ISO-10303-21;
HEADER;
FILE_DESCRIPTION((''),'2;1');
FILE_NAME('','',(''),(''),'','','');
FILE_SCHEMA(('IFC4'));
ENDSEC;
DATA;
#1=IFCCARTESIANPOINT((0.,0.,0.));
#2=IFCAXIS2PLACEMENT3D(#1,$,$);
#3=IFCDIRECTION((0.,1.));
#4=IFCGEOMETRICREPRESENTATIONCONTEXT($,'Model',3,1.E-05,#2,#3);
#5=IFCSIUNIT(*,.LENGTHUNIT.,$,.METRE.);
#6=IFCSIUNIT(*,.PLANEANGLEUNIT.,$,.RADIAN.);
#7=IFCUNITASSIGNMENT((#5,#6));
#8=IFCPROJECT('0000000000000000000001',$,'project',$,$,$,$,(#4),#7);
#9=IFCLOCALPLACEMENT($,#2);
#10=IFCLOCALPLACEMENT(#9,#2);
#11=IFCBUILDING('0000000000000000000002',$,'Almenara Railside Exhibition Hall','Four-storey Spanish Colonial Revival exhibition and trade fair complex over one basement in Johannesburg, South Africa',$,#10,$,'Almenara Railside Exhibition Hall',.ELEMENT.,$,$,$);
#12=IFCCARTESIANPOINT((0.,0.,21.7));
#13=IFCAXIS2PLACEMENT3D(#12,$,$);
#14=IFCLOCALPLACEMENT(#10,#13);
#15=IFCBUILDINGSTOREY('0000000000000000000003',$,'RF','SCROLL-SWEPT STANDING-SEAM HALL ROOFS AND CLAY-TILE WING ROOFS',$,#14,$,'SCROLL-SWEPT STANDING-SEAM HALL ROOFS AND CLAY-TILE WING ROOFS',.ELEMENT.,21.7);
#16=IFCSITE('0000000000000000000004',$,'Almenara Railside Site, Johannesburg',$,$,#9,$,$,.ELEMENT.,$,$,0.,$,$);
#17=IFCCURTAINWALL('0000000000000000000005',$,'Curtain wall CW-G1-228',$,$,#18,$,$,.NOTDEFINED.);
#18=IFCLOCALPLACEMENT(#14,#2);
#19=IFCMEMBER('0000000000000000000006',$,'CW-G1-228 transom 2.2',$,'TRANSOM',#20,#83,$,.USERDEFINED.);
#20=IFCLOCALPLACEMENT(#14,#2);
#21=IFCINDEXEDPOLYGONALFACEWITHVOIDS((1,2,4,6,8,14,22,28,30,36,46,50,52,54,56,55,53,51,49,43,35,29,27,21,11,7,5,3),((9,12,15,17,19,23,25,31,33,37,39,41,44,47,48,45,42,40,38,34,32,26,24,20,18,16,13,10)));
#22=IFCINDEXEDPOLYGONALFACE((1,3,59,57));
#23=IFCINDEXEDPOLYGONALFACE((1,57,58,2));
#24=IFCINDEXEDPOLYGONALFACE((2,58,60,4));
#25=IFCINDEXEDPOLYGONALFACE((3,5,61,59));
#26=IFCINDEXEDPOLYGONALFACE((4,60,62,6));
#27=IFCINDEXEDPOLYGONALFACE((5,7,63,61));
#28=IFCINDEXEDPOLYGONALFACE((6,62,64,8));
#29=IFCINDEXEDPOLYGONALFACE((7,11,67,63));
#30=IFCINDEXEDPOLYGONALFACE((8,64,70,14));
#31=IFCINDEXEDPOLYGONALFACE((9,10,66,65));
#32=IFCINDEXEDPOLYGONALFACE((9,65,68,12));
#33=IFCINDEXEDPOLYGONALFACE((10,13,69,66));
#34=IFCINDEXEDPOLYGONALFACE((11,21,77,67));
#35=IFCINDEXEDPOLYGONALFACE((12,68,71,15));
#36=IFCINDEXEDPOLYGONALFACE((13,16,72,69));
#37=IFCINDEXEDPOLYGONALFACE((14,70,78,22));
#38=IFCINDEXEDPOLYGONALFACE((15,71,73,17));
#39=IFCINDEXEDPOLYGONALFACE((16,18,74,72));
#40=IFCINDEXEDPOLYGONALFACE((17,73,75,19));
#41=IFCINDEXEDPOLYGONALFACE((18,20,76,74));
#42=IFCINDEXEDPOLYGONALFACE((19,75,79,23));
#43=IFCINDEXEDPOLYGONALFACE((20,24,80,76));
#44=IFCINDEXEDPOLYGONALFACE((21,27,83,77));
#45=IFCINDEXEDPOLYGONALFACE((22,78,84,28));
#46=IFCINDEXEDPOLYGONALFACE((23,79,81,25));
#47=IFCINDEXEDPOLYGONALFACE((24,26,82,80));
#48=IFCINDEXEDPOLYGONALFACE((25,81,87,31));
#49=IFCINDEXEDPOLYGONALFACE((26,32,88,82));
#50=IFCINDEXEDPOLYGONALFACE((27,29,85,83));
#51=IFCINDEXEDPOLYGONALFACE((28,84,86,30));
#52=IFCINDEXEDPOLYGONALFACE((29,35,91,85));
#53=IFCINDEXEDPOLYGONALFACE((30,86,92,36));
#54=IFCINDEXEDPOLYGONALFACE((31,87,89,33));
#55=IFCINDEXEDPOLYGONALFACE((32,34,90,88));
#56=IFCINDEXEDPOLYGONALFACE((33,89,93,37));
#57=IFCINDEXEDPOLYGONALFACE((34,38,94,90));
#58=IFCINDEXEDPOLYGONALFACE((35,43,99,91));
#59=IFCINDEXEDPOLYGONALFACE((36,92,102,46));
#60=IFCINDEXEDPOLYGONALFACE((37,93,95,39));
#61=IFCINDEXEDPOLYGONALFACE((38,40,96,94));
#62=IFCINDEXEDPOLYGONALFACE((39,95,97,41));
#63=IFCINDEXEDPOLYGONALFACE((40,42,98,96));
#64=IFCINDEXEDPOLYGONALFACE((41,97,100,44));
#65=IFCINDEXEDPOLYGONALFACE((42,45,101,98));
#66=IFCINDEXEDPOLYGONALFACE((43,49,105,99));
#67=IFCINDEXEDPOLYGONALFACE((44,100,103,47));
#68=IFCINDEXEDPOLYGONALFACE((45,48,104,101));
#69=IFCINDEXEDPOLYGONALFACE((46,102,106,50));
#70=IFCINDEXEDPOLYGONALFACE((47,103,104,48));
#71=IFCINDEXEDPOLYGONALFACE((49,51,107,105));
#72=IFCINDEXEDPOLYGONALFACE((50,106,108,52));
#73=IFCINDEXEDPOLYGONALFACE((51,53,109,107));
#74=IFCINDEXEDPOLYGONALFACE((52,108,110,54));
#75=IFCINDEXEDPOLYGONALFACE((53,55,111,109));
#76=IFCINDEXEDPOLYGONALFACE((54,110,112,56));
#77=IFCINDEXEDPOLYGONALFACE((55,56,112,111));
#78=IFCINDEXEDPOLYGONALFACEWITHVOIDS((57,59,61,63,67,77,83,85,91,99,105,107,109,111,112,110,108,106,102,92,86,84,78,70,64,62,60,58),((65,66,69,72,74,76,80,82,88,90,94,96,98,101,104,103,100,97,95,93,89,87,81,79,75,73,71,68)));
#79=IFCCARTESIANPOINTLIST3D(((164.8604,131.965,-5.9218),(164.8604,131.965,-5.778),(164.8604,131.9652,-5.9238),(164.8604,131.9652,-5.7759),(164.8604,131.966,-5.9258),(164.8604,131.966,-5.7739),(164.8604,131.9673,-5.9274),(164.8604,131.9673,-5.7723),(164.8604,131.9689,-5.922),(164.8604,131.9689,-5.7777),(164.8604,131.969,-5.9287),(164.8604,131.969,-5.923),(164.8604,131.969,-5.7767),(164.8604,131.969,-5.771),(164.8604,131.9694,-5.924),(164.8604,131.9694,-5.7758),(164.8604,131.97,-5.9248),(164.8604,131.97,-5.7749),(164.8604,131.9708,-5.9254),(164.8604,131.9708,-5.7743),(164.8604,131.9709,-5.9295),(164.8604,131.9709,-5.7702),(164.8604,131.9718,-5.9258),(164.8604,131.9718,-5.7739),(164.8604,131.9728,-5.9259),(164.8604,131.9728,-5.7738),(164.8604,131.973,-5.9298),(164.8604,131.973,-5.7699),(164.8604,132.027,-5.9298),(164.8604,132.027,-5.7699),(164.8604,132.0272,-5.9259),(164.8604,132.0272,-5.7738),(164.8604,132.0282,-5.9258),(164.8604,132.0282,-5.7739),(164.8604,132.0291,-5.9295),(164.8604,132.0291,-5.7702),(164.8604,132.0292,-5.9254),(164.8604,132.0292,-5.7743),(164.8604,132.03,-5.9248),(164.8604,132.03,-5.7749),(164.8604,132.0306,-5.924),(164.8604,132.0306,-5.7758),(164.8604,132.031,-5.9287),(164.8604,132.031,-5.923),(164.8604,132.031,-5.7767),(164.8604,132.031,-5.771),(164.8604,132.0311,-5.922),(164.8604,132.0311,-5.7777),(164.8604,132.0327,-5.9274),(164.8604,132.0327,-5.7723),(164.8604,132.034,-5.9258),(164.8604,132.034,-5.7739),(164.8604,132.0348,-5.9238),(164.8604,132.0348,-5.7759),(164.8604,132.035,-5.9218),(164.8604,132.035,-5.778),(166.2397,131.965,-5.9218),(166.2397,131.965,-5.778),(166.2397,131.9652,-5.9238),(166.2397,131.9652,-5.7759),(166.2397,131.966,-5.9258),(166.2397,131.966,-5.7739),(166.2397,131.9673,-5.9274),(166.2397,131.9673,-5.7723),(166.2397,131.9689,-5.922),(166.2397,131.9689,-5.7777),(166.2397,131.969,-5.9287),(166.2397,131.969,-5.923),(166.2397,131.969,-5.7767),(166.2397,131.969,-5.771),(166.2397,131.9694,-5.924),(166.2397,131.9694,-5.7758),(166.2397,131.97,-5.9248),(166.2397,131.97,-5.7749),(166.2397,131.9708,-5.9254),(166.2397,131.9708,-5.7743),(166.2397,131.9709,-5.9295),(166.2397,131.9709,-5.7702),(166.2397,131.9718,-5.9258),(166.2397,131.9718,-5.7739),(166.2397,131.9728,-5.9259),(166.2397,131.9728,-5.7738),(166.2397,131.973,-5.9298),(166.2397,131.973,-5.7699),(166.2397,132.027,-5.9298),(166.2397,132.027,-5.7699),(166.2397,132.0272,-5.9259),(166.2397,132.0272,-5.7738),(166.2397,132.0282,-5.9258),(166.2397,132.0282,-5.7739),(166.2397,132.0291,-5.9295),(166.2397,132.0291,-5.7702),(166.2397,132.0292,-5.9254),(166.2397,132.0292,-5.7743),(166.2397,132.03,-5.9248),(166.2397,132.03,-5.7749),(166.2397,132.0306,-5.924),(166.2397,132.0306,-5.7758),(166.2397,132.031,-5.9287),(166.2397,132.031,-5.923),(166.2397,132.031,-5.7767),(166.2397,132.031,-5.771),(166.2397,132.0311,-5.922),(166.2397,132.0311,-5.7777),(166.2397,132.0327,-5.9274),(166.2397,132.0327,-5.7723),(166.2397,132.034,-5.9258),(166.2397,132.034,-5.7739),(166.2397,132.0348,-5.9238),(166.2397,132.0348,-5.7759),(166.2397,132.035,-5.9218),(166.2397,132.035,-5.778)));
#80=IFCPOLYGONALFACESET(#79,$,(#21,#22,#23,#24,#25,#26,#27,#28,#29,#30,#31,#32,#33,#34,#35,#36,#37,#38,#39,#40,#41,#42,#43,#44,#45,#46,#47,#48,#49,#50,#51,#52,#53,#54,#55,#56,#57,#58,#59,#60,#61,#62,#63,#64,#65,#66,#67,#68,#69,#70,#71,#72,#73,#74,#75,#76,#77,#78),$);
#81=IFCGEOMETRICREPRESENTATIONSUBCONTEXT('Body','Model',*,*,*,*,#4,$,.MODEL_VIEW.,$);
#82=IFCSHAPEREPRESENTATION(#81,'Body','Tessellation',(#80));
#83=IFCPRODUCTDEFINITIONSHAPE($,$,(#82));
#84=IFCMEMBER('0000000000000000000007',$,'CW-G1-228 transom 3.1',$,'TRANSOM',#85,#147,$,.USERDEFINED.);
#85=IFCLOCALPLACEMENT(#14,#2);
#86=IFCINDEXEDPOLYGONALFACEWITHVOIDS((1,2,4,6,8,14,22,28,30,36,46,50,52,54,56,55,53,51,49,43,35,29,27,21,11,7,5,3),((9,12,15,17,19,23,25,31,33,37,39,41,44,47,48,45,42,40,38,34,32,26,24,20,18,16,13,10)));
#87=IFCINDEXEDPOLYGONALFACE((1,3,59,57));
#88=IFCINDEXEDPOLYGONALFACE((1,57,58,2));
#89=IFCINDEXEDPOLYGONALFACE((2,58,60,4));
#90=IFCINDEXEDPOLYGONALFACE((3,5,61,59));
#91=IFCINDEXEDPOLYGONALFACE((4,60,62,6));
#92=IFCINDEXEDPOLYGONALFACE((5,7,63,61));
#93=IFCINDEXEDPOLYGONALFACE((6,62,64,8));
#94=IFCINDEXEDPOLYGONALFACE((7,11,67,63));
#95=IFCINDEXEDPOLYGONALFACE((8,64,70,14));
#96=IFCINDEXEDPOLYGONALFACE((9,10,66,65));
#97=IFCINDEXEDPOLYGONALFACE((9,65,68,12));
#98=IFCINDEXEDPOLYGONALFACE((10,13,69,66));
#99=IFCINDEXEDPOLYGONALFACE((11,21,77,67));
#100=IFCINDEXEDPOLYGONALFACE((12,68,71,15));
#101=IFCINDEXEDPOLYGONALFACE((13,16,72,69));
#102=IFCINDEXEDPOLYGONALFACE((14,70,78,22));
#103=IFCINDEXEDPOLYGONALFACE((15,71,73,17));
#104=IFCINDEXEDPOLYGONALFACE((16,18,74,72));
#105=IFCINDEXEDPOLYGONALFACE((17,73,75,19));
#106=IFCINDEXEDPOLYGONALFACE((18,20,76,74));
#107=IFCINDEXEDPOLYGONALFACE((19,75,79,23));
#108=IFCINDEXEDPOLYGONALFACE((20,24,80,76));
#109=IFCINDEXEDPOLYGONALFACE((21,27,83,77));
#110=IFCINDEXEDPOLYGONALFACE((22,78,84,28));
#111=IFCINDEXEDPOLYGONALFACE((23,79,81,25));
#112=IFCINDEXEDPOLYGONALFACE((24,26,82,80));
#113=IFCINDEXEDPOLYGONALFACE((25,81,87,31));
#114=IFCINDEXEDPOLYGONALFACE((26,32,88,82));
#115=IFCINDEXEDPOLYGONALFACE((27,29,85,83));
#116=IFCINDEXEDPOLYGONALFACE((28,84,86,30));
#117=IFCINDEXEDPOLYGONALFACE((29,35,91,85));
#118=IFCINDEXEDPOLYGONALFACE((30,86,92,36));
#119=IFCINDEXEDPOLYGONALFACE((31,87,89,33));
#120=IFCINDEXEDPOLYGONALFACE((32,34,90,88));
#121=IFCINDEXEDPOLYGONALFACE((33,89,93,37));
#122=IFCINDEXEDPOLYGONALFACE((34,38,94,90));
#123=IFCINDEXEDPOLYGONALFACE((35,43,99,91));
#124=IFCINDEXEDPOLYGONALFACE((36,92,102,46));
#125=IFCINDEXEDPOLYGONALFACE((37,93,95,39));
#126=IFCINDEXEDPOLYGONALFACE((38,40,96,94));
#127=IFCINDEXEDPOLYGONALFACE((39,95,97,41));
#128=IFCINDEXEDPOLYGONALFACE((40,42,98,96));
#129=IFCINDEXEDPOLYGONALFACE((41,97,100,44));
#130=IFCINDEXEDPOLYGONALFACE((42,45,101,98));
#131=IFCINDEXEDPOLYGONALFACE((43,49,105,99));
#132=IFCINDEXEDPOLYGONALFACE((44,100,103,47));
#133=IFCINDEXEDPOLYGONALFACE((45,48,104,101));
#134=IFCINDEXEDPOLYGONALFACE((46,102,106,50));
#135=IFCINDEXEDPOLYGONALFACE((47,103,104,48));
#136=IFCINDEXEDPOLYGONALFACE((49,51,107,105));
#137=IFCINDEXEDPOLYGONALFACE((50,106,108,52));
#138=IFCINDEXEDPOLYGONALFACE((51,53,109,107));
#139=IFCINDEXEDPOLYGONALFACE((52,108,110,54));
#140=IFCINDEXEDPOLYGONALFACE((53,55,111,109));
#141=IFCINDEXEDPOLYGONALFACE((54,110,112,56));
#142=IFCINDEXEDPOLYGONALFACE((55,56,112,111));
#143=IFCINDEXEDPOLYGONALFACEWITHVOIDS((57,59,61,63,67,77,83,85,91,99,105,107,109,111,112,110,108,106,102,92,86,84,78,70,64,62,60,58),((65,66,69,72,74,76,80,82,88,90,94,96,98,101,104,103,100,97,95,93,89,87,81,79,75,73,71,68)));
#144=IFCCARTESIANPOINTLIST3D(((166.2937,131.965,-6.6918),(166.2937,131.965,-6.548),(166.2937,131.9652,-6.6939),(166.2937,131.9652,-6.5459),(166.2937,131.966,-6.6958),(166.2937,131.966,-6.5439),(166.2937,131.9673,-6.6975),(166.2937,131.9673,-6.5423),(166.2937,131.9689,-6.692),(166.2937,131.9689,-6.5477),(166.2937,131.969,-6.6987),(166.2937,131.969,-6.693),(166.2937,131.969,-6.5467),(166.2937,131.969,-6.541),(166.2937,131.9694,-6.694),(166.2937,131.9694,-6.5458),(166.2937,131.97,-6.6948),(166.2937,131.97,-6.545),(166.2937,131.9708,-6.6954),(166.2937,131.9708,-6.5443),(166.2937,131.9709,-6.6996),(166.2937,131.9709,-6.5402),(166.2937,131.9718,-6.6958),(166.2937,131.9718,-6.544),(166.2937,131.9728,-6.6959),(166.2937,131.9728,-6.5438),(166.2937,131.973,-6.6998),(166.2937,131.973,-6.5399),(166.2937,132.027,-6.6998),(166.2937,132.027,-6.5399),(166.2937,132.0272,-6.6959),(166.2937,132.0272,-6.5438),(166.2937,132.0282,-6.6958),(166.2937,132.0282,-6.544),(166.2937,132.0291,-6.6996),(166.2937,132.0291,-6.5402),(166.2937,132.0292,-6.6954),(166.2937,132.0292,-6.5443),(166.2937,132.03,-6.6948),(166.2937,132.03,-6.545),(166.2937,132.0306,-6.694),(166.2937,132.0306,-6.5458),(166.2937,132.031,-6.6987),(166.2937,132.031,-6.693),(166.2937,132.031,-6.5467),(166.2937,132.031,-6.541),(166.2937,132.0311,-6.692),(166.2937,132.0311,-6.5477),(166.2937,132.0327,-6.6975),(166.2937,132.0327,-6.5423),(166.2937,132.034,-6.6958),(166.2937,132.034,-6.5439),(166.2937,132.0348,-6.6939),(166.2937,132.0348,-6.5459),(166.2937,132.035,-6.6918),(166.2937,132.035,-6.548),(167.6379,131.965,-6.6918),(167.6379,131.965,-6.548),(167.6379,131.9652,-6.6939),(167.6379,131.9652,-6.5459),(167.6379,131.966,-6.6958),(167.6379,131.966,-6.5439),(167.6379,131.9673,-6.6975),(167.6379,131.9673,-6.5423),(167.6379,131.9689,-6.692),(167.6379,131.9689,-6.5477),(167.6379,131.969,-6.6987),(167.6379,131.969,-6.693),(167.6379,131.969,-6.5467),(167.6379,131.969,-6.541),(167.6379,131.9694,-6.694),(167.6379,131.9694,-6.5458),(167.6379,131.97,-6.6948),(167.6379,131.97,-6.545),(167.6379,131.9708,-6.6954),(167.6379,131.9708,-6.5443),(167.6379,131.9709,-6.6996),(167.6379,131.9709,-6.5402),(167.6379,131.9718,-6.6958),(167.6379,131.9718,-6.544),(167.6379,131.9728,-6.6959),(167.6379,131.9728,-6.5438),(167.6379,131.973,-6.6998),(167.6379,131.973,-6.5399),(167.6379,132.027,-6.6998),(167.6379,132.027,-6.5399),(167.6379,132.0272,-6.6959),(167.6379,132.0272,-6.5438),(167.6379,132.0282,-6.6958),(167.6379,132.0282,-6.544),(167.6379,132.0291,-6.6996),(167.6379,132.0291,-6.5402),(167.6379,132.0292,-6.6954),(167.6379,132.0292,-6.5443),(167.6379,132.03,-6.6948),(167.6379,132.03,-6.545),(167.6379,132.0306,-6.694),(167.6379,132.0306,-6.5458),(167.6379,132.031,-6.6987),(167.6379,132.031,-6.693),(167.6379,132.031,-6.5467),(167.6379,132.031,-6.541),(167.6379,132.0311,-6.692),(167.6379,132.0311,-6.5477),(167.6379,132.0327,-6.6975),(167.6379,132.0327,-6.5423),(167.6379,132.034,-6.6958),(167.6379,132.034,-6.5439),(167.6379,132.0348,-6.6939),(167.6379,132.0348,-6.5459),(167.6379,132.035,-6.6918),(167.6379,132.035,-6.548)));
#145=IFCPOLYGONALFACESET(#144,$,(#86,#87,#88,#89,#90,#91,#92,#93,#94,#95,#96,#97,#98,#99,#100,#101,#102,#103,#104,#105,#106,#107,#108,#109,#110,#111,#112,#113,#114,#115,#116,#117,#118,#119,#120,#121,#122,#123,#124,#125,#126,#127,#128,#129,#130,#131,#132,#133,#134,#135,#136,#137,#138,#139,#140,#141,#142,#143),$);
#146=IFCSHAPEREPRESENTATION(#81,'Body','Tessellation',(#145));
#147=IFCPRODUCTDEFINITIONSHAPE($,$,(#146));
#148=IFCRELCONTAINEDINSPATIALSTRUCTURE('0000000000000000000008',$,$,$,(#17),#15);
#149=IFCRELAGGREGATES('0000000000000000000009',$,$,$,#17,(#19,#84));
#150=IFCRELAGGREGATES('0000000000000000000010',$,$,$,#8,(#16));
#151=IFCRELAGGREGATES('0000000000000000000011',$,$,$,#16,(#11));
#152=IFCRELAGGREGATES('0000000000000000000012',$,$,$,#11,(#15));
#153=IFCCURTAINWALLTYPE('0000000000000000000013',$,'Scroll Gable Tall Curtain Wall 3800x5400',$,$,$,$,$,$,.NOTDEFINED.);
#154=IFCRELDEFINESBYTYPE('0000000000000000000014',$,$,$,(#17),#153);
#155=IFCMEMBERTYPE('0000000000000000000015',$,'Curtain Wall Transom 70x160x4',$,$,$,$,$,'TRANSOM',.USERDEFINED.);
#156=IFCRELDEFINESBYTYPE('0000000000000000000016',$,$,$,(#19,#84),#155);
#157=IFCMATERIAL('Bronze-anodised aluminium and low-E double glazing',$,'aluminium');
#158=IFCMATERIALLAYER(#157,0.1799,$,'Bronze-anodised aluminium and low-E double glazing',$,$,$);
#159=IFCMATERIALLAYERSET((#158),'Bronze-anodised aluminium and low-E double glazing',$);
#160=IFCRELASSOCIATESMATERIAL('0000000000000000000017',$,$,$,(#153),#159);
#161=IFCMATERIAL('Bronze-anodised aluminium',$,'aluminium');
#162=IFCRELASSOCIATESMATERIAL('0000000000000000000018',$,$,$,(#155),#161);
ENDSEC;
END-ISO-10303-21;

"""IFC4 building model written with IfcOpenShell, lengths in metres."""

from ifc_helpers import new_model, si_unit, direction, frame, origin, origin_2d, place, context, subcontext, project, spatial, hollow_rectangle, extrude, material, layer, layer_set, material_profile, profile_set, type_object, element, aggregate, save


model = new_model("IFC4")

# Units and contexts
model_context = context("Model", 3, precision=1e-05, world=origin(), true_north=direction((0.0, 1.0)))
body_context = subcontext(model_context, "Body", "Model", "MODEL_VIEW")
ifc_project = project(units=[si_unit("LENGTHUNIT", "METRE"), si_unit("PLANEANGLEUNIT", "RADIAN")], contexts=[model_context])

# Site, building, storey
site_placement = place(None, origin())
site = spatial("IfcSite", under=ifc_project, at=site_placement, Name="Almenara Railside Site, Johannesburg", CompositionType="ELEMENT", RefElevation=0.0)
building_placement = place(site_placement, origin())
building = spatial("IfcBuilding", under=site, at=building_placement, Name="Almenara Railside Exhibition Hall", Description="Four-storey Spanish Colonial Revival exhibition and trade fair complex over one basement in Johannesburg, South Africa", LongName="Almenara Railside Exhibition Hall", CompositionType="ELEMENT")
storey_placement = place(building_placement, frame((0.0, 0.0, 21.7)))
storey = spatial("IfcBuildingStorey", under=building, at=storey_placement, Name="RF", Description="SCROLL-SWEPT STANDING-SEAM HALL ROOFS AND CLAY-TILE WING ROOFS", LongName="SCROLL-SWEPT STANDING-SEAM HALL ROOFS AND CLAY-TILE WING ROOFS", CompositionType="ELEMENT", Elevation=21.7)

# Curtain wall
ifc_material_1 = material(Name="Bronze-anodised aluminium and low-E double glazing", Category="aluminium")
ifc_layer_1 = layer(ifc_material_1, 0.1799, Name="Bronze-anodised aluminium and low-E double glazing")
ifc_layer_set_1 = layer_set([ifc_layer_1], Name="Bronze-anodised aluminium and low-E double glazing")
curtain_wall_type = type_object("IfcCurtainWallType", Name="Scroll Gable Tall Curtain Wall 3800x5400", PredefinedType="NOTDEFINED", material=ifc_layer_set_1)
ifc_material_2 = material(Name="Bronze-anodised aluminium", Category="aluminium")
curtain_wall_1_placement = place(storey_placement, origin())
curtain_wall_1 = element("IfcCurtainWall", 1, at=curtain_wall_1_placement, inside=storey, type_object=curtain_wall_type, Name="Curtain wall CW-G1-228", PredefinedType="NOTDEFINED")

# Members
ifc_material_profile_1 = material_profile(ifc_material_2, hollow_rectangle(XDim=0.0701, YDim=0.1599, WallThickness=0.0039, InnerFilletRadius=0.0039, OuterFilletRadius=0.0081, at=origin_2d()), Name="ALU-TRN 70x160x4")
ifc_profile_set_1 = profile_set([ifc_material_profile_1], Name="Bronze-anodised aluminium")
member_type_1 = type_object("IfcMemberType", Name="Curtain Wall Transom 70x160x4", ElementType="TRANSOM", PredefinedType="USERDEFINED", material=ifc_profile_set_1)
member_1_placement = place(storey_placement, frame((164.8604, 132.0, -5.8499), z_axis=(1.0, 0.0, 0.0), x_axis=(0.0, 1.0, 0.0)))
member_1 = element("IfcMember", 2, at=member_1_placement, type_object=member_type_1, Name="CW-G1-228 transom 2.2", ObjectType="TRANSOM", PredefinedType="USERDEFINED", context=body_context, shape_type="SweptSolid", body=[
    extrude(hollow_rectangle(XDim=0.0701, YDim=0.1599, WallThickness=0.0039, InnerFilletRadius=0.0039, OuterFilletRadius=0.0081, at=origin_2d()), origin(), (0.0, 0.0, 1.0), 1.3794),
])
member_2_placement = place(storey_placement, frame((166.2937, 132.0, -6.6199), z_axis=(1.0, 0.0, 0.0), x_axis=(0.0, 1.0, 0.0)))
member_2 = element("IfcMember", 3, at=member_2_placement, type_object=member_type_1, Name="CW-G1-228 transom 3.1", ObjectType="TRANSOM", PredefinedType="USERDEFINED", context=body_context, shape_type="SweptSolid", body=[
    extrude(hollow_rectangle(XDim=0.0701, YDim=0.1599, WallThickness=0.0039, InnerFilletRadius=0.0039, OuterFilletRadius=0.0081, at=origin_2d()), origin(), (0.0, 0.0, 1.0), 1.3442),
])

aggregate(curtain_wall_1, [member_1, member_2])

save(model, "model.ifc")
